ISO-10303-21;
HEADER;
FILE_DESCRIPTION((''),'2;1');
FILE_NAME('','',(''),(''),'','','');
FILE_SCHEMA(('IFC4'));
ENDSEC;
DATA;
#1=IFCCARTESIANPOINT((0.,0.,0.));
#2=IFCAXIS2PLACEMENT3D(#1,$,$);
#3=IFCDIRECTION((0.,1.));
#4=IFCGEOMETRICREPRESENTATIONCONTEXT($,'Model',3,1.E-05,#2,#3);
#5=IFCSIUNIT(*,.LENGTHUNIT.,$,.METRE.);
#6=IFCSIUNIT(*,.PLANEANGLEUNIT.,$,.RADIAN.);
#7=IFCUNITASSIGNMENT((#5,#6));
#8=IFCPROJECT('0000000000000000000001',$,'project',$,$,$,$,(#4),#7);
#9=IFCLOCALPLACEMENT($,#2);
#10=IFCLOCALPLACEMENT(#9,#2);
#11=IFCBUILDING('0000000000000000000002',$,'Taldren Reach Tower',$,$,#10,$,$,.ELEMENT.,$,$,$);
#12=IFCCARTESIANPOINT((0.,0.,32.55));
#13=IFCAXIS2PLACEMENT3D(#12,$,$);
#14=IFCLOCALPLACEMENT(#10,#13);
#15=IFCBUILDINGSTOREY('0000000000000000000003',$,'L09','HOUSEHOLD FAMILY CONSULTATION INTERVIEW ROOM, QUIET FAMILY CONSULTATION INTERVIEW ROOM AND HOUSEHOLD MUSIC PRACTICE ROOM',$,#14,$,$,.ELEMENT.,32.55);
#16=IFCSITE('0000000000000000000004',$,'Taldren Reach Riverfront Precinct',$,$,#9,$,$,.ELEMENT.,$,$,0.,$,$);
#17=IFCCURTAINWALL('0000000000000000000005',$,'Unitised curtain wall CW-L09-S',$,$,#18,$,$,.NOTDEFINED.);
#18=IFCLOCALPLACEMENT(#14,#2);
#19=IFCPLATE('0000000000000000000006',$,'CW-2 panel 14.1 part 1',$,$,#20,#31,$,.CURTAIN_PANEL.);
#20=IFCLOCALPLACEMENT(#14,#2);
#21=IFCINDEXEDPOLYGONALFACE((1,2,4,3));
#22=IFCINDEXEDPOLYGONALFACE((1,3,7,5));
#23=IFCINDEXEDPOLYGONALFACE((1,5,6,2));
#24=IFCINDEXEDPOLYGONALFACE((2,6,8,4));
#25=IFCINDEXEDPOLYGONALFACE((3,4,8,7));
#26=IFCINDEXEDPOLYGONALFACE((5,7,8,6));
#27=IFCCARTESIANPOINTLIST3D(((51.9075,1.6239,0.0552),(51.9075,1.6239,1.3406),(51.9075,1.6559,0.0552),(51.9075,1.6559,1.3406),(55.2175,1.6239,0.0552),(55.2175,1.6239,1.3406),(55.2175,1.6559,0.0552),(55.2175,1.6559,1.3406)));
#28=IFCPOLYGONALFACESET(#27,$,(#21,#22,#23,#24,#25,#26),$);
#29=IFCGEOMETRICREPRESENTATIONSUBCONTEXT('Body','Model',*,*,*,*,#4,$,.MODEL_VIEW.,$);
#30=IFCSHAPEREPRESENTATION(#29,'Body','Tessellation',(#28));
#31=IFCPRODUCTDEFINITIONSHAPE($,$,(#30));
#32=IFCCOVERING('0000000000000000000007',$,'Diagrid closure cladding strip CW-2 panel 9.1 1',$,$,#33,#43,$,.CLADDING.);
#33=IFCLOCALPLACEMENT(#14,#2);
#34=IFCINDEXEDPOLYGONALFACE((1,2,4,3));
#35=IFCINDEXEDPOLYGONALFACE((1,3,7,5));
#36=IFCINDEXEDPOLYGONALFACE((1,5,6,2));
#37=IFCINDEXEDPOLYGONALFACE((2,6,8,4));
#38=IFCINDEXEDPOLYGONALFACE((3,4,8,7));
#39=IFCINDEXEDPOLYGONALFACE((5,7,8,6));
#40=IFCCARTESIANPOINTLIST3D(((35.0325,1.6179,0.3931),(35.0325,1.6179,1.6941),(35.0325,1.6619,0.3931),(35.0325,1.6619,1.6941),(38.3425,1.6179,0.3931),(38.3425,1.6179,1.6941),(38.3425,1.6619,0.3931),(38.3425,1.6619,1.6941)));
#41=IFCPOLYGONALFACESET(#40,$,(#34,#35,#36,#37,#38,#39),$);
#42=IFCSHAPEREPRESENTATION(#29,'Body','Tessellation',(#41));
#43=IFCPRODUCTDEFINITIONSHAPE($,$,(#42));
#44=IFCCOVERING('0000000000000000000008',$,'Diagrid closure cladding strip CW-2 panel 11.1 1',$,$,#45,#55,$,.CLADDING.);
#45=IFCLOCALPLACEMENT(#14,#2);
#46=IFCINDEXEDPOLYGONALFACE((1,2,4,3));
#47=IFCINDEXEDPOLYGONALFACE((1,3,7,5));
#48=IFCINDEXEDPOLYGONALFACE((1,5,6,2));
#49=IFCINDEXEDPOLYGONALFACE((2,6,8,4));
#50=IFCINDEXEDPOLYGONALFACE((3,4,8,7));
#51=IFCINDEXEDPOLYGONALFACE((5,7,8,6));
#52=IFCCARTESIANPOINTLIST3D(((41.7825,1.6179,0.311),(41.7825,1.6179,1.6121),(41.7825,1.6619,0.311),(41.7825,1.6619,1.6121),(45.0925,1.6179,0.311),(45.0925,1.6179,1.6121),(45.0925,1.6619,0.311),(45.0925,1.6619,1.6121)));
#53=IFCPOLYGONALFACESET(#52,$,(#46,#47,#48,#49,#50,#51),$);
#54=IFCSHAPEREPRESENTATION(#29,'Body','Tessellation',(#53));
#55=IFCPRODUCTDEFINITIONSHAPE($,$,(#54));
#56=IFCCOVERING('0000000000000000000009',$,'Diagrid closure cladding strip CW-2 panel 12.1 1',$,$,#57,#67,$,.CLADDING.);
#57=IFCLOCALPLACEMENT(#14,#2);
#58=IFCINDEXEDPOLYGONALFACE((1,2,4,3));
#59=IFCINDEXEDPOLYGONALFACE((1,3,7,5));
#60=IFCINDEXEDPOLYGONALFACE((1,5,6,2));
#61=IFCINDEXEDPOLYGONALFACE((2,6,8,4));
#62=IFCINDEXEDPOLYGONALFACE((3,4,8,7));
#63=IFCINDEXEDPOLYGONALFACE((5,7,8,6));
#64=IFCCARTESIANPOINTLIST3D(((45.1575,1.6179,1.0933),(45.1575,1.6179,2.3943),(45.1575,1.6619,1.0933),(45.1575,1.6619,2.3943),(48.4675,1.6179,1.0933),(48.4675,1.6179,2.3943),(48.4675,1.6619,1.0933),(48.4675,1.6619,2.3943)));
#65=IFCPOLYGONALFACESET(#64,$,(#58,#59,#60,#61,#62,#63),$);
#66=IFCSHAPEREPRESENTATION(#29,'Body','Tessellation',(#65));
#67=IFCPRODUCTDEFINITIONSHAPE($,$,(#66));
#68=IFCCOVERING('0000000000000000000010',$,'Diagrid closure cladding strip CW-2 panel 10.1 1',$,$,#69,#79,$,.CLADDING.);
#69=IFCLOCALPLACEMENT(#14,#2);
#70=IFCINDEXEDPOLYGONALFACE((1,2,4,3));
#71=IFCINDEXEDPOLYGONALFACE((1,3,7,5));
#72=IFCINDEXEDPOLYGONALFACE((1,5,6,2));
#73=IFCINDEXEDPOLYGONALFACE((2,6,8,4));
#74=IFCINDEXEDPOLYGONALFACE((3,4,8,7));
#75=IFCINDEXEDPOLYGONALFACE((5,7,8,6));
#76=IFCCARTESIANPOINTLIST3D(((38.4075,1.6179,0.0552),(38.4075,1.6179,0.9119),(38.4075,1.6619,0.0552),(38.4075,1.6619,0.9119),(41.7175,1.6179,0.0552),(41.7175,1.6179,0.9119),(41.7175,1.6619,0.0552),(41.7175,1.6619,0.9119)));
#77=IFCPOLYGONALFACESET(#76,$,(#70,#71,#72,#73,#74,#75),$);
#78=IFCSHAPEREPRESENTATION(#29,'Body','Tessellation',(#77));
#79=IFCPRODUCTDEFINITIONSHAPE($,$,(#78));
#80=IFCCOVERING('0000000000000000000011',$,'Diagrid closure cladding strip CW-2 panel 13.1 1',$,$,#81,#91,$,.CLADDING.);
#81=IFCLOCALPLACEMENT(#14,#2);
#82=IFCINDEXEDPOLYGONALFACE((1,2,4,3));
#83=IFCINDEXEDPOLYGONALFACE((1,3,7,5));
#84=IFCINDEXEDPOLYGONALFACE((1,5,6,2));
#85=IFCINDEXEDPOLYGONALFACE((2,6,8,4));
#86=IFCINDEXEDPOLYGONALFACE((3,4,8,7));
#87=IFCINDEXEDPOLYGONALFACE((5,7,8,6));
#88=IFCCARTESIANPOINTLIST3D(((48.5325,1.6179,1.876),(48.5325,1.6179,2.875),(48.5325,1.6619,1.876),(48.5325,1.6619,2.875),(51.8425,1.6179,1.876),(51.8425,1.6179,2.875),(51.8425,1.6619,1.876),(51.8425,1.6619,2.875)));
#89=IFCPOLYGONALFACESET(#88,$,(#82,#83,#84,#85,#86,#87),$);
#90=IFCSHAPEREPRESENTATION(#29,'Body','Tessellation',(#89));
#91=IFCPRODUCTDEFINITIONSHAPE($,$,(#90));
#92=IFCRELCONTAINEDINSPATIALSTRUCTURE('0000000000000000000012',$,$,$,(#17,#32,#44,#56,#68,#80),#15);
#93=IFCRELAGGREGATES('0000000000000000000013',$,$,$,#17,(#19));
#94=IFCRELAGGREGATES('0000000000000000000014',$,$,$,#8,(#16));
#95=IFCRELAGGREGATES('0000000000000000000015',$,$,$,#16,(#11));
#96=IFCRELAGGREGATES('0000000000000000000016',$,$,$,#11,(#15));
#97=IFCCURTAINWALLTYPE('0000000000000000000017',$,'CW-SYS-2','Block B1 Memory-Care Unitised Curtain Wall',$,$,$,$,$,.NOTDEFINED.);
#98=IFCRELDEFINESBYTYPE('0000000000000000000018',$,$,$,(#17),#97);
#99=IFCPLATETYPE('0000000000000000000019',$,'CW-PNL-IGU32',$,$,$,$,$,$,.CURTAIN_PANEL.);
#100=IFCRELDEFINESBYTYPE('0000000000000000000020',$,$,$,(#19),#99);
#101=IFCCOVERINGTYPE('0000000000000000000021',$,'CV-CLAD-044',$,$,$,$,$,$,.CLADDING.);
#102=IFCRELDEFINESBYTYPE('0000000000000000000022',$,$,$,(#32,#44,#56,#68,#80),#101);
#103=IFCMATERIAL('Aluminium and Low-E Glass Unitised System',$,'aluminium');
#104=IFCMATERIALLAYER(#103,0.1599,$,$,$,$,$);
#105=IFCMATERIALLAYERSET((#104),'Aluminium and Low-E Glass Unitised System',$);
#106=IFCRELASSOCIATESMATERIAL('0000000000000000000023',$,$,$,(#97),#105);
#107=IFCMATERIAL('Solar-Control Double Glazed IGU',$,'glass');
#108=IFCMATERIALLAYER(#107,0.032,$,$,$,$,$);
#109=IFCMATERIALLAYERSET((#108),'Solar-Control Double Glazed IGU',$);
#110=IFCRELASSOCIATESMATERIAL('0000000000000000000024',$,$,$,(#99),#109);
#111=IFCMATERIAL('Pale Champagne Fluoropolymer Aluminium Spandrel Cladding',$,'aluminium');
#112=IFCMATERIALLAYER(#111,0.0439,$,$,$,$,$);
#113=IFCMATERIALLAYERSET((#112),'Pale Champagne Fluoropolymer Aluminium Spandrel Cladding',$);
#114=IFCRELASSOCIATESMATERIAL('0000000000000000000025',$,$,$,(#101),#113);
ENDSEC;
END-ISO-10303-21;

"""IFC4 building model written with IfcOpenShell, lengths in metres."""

from ifc_helpers import new_model, si_unit, direction, frame, origin, origin_2d, place, context, subcontext, project, spatial, rectangle, extrude, source, transform, mapped, material, layer, layer_set, type_object, element, aggregate, save


model = new_model("IFC4")

# Units and contexts
model_context = context("Model", 3, precision=1e-05, world=origin(), true_north=direction((0.0, 1.0)))
body_context = subcontext(model_context, "Body", "Model", "MODEL_VIEW")
ifc_project = project(units=[si_unit("LENGTHUNIT", "METRE"), si_unit("PLANEANGLEUNIT", "RADIAN")], contexts=[model_context])

# Site, building, storey
site_placement = place(None, origin())
site = spatial("IfcSite", under=ifc_project, at=site_placement, Name="Taldren Reach Riverfront Precinct", CompositionType="ELEMENT", RefElevation=0.0)
building_placement = place(site_placement, origin())
building = spatial("IfcBuilding", under=site, at=building_placement, Name="Taldren Reach Tower", CompositionType="ELEMENT")
storey_placement = place(building_placement, frame((0.0, 0.0, 32.55)))
storey = spatial("IfcBuildingStorey", under=building, at=storey_placement, Name="L09", Description="HOUSEHOLD FAMILY CONSULTATION INTERVIEW ROOM, QUIET FAMILY CONSULTATION INTERVIEW ROOM AND HOUSEHOLD MUSIC PRACTICE ROOM", CompositionType="ELEMENT", Elevation=32.55)

# Curtain wall
ifc_material_1 = material(Name="Aluminium and Low-E Glass Unitised System", Category="aluminium")
ifc_layer_1 = layer(ifc_material_1, 0.1599)
ifc_layer_set_1 = layer_set([ifc_layer_1], Name="Aluminium and Low-E Glass Unitised System")
curtain_wall_type = type_object("IfcCurtainWallType", Name="CW-SYS-2", Description="Block B1 Memory-Care Unitised Curtain Wall", PredefinedType="NOTDEFINED", material=ifc_layer_set_1)
curtain_wall_placement = place(storey_placement, origin())
curtain_wall = element("IfcCurtainWall", 1, at=curtain_wall_placement, inside=storey, type_object=curtain_wall_type, Name="Unitised curtain wall CW-L09-S", PredefinedType="NOTDEFINED")

# Plate
ifc_material_2 = material(Name="Solar-Control Double Glazed IGU", Category="glass")
ifc_layer_2 = layer(ifc_material_2, 0.032)
ifc_layer_set_2 = layer_set([ifc_layer_2], Name="Solar-Control Double Glazed IGU")
plate_type_1 = type_object("IfcPlateType", Name="CW-PNL-IGU32", PredefinedType="CURTAIN_PANEL", material=ifc_layer_set_2)
shared_shape_1 = source(origin(), body_context, "Body", "SweptSolid", [
    extrude(rectangle(XDim=3.3101, YDim=0.032, at=origin_2d()), origin(), (0.0, 0.0, 1.0), 1.2854),
])
plate_1_placement = place(storey_placement, frame((53.5625, 1.6399, 0.0552), z_axis=(0.0, 0.0, 1.0), x_axis=(1.0, 0.0, 0.0)))
plate_1 = element("IfcPlate", 2, at=plate_1_placement, type_object=plate_type_1, Name="CW-2 panel 14.1 part 1", PredefinedType="CURTAIN_PANEL", context=body_context, shape_type="MappedRepresentation", body=[
    mapped(shared_shape_1, transform((0.0, 0.0, 0.0), scale=1.0)),
])
aggregate(curtain_wall, [plate_1])

# Coverings
ifc_material_3 = material(Name="Pale Champagne Fluoropolymer Aluminium Spandrel Cladding", Category="aluminium")
ifc_layer_3 = layer(ifc_material_3, 0.0439)
ifc_layer_set_3 = layer_set([ifc_layer_3], Name="Pale Champagne Fluoropolymer Aluminium Spandrel Cladding")
covering_type = type_object("IfcCoveringType", Name="CV-CLAD-044", PredefinedType="CLADDING", material=ifc_layer_set_3)
shared_shape_2 = source(origin(), body_context, "Body", "SweptSolid", [
    extrude(rectangle(XDim=3.3101, YDim=0.0439, at=origin_2d()), origin(), (0.0, 0.0, 1.0), 1.301),
])
for number, where, z_axis, x_axis, name in (
    (3, (36.6875, 1.6399, 0.3931), (0.0, 0.0, 1.0), (1.0, 0.0, 0.0), "Diagrid closure cladding strip CW-2 panel 9.1 1"),
    (4, (43.4375, 1.6399, 0.311), (0.0, 0.0, 1.0), (1.0, 0.0, 0.0), "Diagrid closure cladding strip CW-2 panel 11.1 1"),
    (5, (46.8125, 1.6399, 1.0933), (0.0, 0.0, 1.0), (1.0, 0.0, 0.0), "Diagrid closure cladding strip CW-2 panel 12.1 1"),
):
    element("IfcCovering", number, at=place(storey_placement, frame(where, z_axis=z_axis, x_axis=x_axis)), inside=storey, type_object=covering_type, Name=name, PredefinedType="CLADDING", context=body_context, shape_type="MappedRepresentation", body=[
        mapped(shared_shape_2, transform((0.0, 0.0, 0.0), scale=1.0)),
    ])
shared_shape_3 = source(origin(), body_context, "Body", "SweptSolid", [
    extrude(rectangle(XDim=3.3101, YDim=0.0439, at=origin_2d()), origin(), (0.0, 0.0, 1.0), 0.8567),
])
covering_1_placement = place(storey_placement, frame((40.0625, 1.6399, 0.0552), z_axis=(0.0, 0.0, 1.0), x_axis=(1.0, 0.0, 0.0)))
element("IfcCovering", 6, at=covering_1_placement, inside=storey, type_object=covering_type, Name="Diagrid closure cladding strip CW-2 panel 10.1 1", PredefinedType="CLADDING", context=body_context, shape_type="MappedRepresentation", body=[
    mapped(shared_shape_3, transform((0.0, 0.0, 0.0), scale=1.0)),
])
shared_shape_4 = source(origin(), body_context, "Body", "SweptSolid", [
    extrude(rectangle(XDim=3.3101, YDim=0.0439, at=origin_2d()), origin(), (0.0, 0.0, 1.0), 0.999),
])
covering_2_placement = place(storey_placement, frame((50.1875, 1.6399, 1.876), z_axis=(0.0, 0.0, 1.0), x_axis=(1.0, 0.0, 0.0)))
element("IfcCovering", 7, at=covering_2_placement, inside=storey, type_object=covering_type, Name="Diagrid closure cladding strip CW-2 panel 13.1 1", PredefinedType="CLADDING", context=body_context, shape_type="MappedRepresentation", body=[
    mapped(shared_shape_4, transform((0.0, 0.0, 0.0), scale=1.0)),
])

save(model, "model.ifc")
